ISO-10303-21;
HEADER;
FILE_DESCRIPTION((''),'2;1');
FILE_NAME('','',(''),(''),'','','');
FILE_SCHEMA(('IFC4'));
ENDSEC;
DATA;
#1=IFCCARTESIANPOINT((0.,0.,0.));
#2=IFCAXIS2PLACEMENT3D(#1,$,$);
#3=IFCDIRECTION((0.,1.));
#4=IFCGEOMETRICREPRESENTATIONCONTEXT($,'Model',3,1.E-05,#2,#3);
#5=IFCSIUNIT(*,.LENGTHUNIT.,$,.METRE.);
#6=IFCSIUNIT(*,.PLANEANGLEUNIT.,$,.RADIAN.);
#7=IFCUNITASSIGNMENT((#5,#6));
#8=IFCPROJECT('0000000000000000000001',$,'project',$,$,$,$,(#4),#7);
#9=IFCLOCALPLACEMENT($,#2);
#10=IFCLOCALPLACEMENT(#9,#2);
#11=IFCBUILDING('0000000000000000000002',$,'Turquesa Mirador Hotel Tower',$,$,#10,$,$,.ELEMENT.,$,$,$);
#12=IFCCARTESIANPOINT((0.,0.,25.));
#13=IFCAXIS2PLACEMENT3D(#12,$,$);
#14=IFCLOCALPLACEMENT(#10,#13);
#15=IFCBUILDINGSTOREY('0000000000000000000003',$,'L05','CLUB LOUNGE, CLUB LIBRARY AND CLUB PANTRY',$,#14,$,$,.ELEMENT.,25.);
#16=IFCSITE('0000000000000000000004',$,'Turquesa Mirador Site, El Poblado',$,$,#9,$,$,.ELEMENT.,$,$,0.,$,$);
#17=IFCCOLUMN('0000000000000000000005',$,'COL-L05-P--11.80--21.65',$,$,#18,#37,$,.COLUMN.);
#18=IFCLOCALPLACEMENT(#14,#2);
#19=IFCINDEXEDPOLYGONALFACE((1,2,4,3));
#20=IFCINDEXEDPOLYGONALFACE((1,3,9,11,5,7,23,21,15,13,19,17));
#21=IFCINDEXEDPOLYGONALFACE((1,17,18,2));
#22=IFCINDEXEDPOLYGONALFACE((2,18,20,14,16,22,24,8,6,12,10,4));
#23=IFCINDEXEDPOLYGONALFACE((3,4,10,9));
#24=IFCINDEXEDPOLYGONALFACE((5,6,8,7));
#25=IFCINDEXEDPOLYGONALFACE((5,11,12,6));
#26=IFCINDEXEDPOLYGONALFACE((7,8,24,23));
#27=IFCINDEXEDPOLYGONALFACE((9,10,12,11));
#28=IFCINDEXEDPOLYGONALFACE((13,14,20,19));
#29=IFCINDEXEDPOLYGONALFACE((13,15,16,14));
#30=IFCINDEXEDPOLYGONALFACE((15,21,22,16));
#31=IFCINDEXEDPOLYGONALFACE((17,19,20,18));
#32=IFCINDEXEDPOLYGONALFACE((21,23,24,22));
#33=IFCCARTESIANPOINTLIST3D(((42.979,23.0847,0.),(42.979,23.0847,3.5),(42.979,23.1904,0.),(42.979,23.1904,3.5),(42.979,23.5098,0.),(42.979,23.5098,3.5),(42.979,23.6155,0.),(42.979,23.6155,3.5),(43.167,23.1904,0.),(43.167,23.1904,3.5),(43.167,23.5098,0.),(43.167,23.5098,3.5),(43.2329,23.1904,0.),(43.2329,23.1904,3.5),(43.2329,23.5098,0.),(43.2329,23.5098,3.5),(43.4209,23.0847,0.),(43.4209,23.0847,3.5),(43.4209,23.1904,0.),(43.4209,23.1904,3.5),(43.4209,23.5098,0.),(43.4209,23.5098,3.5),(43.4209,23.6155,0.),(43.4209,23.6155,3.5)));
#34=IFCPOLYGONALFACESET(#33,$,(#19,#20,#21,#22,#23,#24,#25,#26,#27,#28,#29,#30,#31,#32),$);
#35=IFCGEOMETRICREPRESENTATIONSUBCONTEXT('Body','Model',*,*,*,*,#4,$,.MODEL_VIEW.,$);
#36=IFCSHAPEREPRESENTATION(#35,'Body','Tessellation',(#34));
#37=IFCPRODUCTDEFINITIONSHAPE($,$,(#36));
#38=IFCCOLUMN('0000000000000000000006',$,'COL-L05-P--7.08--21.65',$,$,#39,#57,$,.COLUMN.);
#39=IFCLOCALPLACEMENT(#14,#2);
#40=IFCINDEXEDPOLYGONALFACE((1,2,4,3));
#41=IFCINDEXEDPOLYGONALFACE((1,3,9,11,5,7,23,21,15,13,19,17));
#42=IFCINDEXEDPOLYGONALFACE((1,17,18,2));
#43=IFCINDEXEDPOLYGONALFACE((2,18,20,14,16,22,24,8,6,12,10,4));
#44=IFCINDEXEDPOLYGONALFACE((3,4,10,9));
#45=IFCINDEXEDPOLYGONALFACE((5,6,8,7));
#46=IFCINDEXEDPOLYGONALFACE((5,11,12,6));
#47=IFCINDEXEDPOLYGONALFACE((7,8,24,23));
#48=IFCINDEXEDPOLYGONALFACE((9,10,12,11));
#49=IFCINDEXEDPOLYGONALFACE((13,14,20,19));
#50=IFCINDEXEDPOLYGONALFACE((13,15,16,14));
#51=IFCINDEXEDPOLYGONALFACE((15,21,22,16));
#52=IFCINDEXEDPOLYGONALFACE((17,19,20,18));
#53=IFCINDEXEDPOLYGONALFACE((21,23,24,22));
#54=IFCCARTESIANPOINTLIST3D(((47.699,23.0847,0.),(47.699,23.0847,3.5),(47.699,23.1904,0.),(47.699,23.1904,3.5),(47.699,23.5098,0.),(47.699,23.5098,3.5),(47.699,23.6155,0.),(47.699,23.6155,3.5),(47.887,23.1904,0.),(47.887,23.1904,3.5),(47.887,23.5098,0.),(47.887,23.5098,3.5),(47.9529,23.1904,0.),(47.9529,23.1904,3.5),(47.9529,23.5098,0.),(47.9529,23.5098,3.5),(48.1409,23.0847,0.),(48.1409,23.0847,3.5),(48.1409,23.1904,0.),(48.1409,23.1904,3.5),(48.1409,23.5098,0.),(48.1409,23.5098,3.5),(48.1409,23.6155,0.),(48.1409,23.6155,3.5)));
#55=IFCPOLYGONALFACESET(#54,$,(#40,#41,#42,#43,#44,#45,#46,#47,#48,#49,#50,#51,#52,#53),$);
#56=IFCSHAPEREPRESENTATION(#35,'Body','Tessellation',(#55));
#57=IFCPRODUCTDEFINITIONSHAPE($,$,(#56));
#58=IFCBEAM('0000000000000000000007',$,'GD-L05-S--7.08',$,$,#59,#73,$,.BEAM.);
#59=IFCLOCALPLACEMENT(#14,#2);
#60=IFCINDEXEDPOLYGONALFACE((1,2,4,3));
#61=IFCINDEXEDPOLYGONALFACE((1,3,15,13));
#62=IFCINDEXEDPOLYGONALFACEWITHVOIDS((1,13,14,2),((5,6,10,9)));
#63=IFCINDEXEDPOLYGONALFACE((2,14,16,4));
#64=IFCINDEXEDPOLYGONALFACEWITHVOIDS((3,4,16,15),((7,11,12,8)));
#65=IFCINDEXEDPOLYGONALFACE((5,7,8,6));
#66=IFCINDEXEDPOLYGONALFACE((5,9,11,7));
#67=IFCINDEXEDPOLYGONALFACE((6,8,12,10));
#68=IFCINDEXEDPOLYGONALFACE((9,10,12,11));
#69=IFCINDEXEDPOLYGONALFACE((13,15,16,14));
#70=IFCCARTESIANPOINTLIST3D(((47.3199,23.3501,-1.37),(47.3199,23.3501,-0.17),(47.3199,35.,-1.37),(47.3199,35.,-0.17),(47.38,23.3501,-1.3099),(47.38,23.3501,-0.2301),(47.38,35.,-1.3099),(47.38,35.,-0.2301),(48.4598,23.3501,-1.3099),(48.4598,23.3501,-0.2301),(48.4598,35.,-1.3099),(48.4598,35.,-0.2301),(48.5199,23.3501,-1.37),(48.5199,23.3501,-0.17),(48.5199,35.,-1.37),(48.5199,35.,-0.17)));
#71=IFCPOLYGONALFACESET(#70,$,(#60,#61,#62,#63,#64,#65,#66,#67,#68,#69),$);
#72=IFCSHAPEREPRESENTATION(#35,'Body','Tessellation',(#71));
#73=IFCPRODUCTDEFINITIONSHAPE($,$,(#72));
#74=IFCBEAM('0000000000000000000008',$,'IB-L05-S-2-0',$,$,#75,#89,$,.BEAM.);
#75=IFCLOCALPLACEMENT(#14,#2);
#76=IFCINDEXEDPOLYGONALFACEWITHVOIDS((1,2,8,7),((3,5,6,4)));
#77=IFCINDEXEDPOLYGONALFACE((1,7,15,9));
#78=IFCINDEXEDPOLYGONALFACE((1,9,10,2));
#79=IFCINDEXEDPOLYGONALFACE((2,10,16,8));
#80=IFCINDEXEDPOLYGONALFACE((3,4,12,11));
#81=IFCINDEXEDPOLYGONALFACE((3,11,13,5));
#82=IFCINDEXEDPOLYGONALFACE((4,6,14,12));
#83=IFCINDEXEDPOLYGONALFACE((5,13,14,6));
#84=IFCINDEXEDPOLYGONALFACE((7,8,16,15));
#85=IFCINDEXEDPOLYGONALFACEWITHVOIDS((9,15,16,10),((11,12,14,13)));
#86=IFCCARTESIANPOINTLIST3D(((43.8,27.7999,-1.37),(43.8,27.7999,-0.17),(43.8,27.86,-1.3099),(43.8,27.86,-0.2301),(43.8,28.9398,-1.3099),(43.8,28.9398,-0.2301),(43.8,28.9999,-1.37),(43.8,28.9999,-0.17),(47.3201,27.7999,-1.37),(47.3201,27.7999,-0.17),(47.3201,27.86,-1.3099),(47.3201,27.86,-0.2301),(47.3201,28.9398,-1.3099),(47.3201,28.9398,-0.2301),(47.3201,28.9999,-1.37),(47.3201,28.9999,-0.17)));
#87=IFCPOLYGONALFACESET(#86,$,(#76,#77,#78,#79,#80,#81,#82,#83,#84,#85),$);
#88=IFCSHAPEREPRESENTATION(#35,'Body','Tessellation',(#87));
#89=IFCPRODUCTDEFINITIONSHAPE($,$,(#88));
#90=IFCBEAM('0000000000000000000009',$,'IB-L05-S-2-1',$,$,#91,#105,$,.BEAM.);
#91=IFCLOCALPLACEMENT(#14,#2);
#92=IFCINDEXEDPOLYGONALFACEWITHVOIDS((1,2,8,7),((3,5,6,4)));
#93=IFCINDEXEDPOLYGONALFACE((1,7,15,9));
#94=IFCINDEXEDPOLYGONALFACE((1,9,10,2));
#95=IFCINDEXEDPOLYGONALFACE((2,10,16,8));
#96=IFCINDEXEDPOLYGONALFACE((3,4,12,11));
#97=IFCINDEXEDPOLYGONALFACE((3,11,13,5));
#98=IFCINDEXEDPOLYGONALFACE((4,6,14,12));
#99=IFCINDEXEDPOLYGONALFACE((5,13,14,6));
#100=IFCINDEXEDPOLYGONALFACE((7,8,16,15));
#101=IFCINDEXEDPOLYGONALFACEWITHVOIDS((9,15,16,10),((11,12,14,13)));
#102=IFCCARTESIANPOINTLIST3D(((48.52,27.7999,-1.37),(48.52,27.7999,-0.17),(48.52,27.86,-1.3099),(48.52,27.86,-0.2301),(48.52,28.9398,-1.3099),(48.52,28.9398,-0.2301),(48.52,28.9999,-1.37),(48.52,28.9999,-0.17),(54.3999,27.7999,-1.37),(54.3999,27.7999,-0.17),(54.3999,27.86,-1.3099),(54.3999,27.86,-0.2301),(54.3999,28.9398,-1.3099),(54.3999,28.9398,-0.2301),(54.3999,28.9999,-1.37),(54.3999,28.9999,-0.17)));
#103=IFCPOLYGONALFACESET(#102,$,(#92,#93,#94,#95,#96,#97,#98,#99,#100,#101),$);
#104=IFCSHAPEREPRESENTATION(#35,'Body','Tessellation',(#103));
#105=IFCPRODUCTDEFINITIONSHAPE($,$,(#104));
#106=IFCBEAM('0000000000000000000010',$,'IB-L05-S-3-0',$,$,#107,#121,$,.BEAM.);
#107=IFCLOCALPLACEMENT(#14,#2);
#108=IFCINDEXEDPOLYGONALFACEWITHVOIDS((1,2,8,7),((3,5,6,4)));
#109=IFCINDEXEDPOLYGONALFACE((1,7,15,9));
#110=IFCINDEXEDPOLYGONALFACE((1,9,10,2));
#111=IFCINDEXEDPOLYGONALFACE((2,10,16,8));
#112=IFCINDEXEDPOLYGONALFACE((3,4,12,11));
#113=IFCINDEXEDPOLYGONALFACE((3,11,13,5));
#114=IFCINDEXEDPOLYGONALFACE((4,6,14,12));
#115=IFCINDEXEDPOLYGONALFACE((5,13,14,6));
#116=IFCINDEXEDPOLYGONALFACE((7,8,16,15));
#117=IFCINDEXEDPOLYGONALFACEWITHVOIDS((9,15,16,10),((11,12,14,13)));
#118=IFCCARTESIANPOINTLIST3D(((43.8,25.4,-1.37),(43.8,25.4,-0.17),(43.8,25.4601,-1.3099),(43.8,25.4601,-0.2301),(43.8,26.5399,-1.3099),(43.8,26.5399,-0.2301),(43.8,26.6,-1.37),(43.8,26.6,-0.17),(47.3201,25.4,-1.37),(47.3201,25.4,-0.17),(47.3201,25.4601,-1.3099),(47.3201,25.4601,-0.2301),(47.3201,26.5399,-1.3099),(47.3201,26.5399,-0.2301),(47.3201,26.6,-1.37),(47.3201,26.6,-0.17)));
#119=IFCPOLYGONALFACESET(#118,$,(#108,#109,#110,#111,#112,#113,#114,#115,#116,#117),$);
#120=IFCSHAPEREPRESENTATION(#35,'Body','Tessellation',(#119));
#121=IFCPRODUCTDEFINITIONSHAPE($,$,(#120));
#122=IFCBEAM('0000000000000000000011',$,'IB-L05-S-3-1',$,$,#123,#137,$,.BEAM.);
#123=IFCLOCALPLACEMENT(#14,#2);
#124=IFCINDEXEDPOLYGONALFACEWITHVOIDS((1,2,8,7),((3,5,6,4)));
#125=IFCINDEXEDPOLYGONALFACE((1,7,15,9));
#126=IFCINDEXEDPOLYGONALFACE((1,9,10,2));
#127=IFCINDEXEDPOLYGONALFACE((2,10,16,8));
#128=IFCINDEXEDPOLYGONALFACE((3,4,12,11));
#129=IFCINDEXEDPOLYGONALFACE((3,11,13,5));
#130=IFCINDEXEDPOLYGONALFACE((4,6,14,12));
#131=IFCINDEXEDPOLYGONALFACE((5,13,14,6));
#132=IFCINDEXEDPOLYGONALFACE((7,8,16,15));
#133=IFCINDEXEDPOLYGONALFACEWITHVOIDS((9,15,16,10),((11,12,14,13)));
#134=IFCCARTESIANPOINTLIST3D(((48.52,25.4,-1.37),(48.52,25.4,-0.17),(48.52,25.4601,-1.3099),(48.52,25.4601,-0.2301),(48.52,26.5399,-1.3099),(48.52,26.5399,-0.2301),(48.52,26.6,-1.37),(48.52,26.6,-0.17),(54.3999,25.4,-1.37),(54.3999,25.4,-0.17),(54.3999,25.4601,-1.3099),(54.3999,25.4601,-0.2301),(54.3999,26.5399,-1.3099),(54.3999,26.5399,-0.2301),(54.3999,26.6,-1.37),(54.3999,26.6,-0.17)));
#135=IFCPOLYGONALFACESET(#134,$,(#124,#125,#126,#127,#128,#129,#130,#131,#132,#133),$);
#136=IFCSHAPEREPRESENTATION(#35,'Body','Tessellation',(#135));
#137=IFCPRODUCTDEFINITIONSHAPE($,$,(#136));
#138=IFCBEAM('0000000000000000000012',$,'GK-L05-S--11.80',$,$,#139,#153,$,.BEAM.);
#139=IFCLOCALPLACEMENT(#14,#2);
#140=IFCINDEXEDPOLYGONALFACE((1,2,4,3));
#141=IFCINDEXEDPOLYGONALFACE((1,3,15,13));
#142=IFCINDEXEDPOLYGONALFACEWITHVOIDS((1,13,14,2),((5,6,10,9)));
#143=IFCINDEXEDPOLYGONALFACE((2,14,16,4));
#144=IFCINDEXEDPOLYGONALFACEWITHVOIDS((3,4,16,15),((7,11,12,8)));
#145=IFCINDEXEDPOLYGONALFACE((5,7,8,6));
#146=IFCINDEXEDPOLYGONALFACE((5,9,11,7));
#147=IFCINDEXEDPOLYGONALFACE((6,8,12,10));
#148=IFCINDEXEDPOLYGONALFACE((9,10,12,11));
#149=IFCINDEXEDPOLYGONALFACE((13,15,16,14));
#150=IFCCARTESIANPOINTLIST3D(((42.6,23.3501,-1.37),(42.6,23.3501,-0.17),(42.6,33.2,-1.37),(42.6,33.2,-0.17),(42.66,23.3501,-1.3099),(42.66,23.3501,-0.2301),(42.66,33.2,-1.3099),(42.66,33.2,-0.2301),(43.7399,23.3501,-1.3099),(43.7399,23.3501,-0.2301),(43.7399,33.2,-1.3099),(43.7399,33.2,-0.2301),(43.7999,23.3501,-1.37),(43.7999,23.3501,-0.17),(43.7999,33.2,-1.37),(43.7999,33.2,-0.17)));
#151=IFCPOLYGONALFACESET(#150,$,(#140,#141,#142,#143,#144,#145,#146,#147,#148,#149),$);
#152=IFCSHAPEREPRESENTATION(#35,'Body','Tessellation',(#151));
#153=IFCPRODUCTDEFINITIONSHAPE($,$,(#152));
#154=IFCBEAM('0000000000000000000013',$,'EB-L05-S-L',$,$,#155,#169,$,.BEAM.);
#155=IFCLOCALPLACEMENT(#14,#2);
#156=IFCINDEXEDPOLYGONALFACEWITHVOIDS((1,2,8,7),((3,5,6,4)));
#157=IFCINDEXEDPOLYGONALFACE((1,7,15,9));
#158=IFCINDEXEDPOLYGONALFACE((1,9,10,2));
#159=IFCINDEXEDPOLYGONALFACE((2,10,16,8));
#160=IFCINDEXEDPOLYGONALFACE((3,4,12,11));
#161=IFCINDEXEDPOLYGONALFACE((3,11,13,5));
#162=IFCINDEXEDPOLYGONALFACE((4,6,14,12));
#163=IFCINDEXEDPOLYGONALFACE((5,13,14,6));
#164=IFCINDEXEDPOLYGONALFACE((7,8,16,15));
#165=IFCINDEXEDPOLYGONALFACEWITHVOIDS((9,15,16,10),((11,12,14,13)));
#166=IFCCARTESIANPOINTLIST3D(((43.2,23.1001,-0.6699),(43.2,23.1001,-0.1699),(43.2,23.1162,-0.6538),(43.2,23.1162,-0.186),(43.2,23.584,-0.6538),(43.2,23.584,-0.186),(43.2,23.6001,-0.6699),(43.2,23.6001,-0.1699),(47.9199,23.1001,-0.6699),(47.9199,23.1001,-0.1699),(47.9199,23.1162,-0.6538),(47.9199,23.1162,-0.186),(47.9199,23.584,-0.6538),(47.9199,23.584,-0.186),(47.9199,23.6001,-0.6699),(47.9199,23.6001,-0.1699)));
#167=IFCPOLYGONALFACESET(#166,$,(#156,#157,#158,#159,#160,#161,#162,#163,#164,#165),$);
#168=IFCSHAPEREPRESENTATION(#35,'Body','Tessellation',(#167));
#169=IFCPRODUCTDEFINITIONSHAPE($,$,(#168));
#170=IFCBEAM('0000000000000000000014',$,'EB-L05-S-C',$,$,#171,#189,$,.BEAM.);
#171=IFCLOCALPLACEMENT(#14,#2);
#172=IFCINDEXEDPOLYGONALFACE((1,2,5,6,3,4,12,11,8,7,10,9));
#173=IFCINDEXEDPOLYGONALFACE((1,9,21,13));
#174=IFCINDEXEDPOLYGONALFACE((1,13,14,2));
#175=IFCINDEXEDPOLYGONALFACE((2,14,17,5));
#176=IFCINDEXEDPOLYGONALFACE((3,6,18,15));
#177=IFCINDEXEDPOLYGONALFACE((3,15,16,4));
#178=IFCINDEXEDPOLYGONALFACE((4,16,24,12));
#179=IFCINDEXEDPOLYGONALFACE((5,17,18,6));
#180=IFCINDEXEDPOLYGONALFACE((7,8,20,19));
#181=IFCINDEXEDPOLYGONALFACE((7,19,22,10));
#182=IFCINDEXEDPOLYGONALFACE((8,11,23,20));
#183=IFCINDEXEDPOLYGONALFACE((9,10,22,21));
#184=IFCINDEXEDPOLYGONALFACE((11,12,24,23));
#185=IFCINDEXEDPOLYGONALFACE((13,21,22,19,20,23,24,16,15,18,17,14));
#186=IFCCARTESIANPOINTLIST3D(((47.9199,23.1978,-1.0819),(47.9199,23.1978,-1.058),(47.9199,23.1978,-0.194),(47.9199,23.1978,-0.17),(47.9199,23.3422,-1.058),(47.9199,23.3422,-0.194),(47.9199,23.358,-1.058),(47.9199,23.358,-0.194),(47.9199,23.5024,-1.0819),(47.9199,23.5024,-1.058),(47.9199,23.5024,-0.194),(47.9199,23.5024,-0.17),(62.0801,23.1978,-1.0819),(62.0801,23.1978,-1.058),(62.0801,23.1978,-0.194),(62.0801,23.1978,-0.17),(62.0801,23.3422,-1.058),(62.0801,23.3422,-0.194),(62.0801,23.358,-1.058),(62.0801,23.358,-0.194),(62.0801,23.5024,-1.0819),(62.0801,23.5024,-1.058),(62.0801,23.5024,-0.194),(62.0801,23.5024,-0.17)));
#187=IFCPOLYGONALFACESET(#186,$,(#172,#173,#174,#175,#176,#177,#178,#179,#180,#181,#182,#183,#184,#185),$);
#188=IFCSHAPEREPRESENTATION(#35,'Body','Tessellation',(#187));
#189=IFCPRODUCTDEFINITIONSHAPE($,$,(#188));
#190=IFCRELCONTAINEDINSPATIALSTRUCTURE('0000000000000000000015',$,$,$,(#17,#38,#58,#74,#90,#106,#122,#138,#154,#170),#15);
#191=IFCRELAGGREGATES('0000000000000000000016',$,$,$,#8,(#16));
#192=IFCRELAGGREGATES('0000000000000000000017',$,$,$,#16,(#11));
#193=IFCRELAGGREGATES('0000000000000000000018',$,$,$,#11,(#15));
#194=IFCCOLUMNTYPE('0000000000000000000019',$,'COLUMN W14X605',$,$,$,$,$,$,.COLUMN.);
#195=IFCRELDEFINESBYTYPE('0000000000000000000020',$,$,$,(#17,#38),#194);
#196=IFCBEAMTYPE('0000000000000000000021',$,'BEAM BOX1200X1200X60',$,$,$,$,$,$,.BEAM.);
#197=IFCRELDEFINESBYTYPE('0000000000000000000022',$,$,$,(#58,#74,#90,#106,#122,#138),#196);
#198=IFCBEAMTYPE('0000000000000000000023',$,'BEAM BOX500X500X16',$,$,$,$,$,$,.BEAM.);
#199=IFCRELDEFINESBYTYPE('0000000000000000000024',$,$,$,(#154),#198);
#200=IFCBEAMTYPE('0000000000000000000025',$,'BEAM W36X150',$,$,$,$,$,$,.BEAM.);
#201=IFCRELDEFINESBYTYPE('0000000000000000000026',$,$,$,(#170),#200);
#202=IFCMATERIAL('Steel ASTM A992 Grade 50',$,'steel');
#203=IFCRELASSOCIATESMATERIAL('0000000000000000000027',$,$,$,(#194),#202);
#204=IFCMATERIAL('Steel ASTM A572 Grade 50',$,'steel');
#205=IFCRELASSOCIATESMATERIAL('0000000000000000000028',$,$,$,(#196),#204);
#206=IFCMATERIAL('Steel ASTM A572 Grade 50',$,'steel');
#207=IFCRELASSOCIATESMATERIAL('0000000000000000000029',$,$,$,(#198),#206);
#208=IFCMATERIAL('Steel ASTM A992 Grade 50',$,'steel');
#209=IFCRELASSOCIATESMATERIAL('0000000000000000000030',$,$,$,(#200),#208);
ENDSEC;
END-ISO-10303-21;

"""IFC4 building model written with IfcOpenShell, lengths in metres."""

from ifc_helpers import new_model, si_unit, direction, frame, origin, origin_2d, place, context, subcontext, project, spatial, hollow_rectangle, i_section, extrude, material, material_profile, profile_set, type_object, element, save


model = new_model("IFC4")

# Units and contexts
model_context = context("Model", 3, precision=1e-05, world=origin(), true_north=direction((0.0, 1.0)))
body_context = subcontext(model_context, "Body", "Model", "MODEL_VIEW")
ifc_project = project(units=[si_unit("LENGTHUNIT", "METRE"), si_unit("PLANEANGLEUNIT", "RADIAN")], contexts=[model_context])

# Site, building, storey
site_placement = place(None, origin())
site = spatial("IfcSite", under=ifc_project, at=site_placement, Name="Turquesa Mirador Site, El Poblado", CompositionType="ELEMENT", RefElevation=0.0)
building_placement = place(site_placement, origin())
building = spatial("IfcBuilding", under=site, at=building_placement, Name="Turquesa Mirador Hotel Tower", CompositionType="ELEMENT")
storey_placement = place(building_placement, frame((0.0, 0.0, 25.0)))
storey = spatial("IfcBuildingStorey", under=building, at=storey_placement, Name="L05", Description="CLUB LOUNGE, CLUB LIBRARY AND CLUB PANTRY", CompositionType="ELEMENT", Elevation=25.0)

# Columns
ifc_material_1 = material(Name="Steel ASTM A992 Grade 50", Category="steel")
ifc_material_profile_1 = material_profile(ifc_material_1, i_section(OverallWidth=0.4419, OverallDepth=0.5308, WebThickness=0.0659, FlangeThickness=0.1057, at=origin_2d()), Name="W14X605")
ifc_profile_set_1 = profile_set([ifc_material_profile_1], Name="Steel ASTM A992 Grade 50")
column_type = type_object("IfcColumnType", Name="COLUMN W14X605", PredefinedType="COLUMN", material=ifc_profile_set_1)
for number, where, z_axis, x_axis, name in (
    (1, (43.2, 23.3501, 0.0), (0.0, 0.0, 1.0), (1.0, 0.0, 0.0), "COL-L05-P--11.80--21.65"),
    (2, (47.9199, 23.3501, 0.0), (0.0, 0.0, 1.0), (1.0, 0.0, 0.0), "COL-L05-P--7.08--21.65"),
):
    element("IfcColumn", number, at=place(storey_placement, frame(where, z_axis=z_axis, x_axis=x_axis)), inside=storey, type_object=column_type, Name=name, PredefinedType="COLUMN", context=body_context, shape_type="SweptSolid", body=[
        extrude(i_section(OverallWidth=0.4419, OverallDepth=0.5308, WebThickness=0.0659, FlangeThickness=0.1057, at=origin_2d()), origin(), (0.0, 0.0, 1.0), 3.5),
    ])

# Beams
ifc_material_2 = material(Name="Steel ASTM A572 Grade 50", Category="steel")
ifc_material_profile_2 = material_profile(ifc_material_2, hollow_rectangle(XDim=1.2, YDim=1.2, WallThickness=0.0601, at=origin_2d()), Name="BOX1200X1200X60")
ifc_profile_set_2 = profile_set([ifc_material_profile_2], Name="Steel ASTM A572 Grade 50")
beam_type_1 = type_object("IfcBeamType", Name="BEAM BOX1200X1200X60", PredefinedType="BEAM", material=ifc_profile_set_2)
beam_1_placement = place(storey_placement, frame((47.9199, 23.3501, -0.77), z_axis=(0.0, 1.0, 0.0), x_axis=(-1.0, 0.0, 0.0)))
element("IfcBeam", 3, at=beam_1_placement, inside=storey, type_object=beam_type_1, Name="GD-L05-S--7.08", PredefinedType="BEAM", context=body_context, shape_type="SweptSolid", body=[
    extrude(hollow_rectangle(XDim=1.2, YDim=1.2, WallThickness=0.0601, at=origin_2d()), origin(), (0.0, 0.0, 1.0), 11.6499),
])
beam_2_placement = place(storey_placement, frame((43.8, 28.3999, -0.77), z_axis=(1.0, 0.0, 0.0), x_axis=(0.0, 1.0, 0.0)))
element("IfcBeam", 4, at=beam_2_placement, inside=storey, type_object=beam_type_1, Name="IB-L05-S-2-0", PredefinedType="BEAM", context=body_context, shape_type="SweptSolid", body=[
    extrude(hollow_rectangle(XDim=1.2, YDim=1.2, WallThickness=0.0601, at=origin_2d()), origin(), (0.0, 0.0, 1.0), 3.52),
])
beam_3_placement = place(storey_placement, frame((48.52, 28.3999, -0.77), z_axis=(1.0, 0.0, 0.0), x_axis=(0.0, 1.0, 0.0)))
element("IfcBeam", 5, at=beam_3_placement, inside=storey, type_object=beam_type_1, Name="IB-L05-S-2-1", PredefinedType="BEAM", context=body_context, shape_type="SweptSolid", body=[
    extrude(hollow_rectangle(XDim=1.2, YDim=1.2, WallThickness=0.0601, at=origin_2d()), origin(), (0.0, 0.0, 1.0), 5.8799),
])
beam_4_placement = place(storey_placement, frame((43.8, 26.0, -0.77), z_axis=(1.0, 0.0, 0.0), x_axis=(0.0, 1.0, 0.0)))
element("IfcBeam", 6, at=beam_4_placement, inside=storey, type_object=beam_type_1, Name="IB-L05-S-3-0", PredefinedType="BEAM", context=body_context, shape_type="SweptSolid", body=[
    extrude(hollow_rectangle(XDim=1.2, YDim=1.2, WallThickness=0.0601, at=origin_2d()), origin(), (0.0, 0.0, 1.0), 3.52),
])
beam_5_placement = place(storey_placement, frame((48.52, 26.0, -0.77), z_axis=(1.0, 0.0, 0.0), x_axis=(0.0, 1.0, 0.0)))
element("IfcBeam", 7, at=beam_5_placement, inside=storey, type_object=beam_type_1, Name="IB-L05-S-3-1", PredefinedType="BEAM", context=body_context, shape_type="SweptSolid", body=[
    extrude(hollow_rectangle(XDim=1.2, YDim=1.2, WallThickness=0.0601, at=origin_2d()), origin(), (0.0, 0.0, 1.0), 5.8799),
])
beam_6_placement = place(storey_placement, frame((43.2, 23.3501, -0.77), z_axis=(0.0, 1.0, 0.0), x_axis=(-1.0, 0.0, 0.0)))
element("IfcBeam", 8, at=beam_6_placement, inside=storey, type_object=beam_type_1, Name="GK-L05-S--11.80", PredefinedType="BEAM", context=body_context, shape_type="SweptSolid", body=[
    extrude(hollow_rectangle(XDim=1.2, YDim=1.2, WallThickness=0.0601, at=origin_2d()), origin(), (0.0, 0.0, 1.0), 9.8499),
])
ifc_material_3 = material(Name="Steel ASTM A572 Grade 50", Category="steel")
ifc_material_profile_3 = material_profile(ifc_material_3, hollow_rectangle(XDim=0.5, YDim=0.5, WallThickness=0.0161, at=origin_2d()), Name="BOX500X500X16")
ifc_profile_set_3 = profile_set([ifc_material_profile_3], Name="Steel ASTM A572 Grade 50")
beam_type_2 = type_object("IfcBeamType", Name="BEAM BOX500X500X16", PredefinedType="BEAM", material=ifc_profile_set_3)
beam_7_placement = place(storey_placement, frame((43.2, 23.3501, -0.4199), z_axis=(1.0, 0.0, 0.0), x_axis=(0.0, 1.0, 0.0)))
element("IfcBeam", 9, at=beam_7_placement, inside=storey, type_object=beam_type_2, Name="EB-L05-S-L", PredefinedType="BEAM", context=body_context, shape_type="SweptSolid", body=[
    extrude(hollow_rectangle(XDim=0.5, YDim=0.5, WallThickness=0.0161, at=origin_2d()), origin(), (0.0, 0.0, 1.0), 4.72),
])
ifc_material_4 = material(Name="Steel ASTM A992 Grade 50", Category="steel")
ifc_material_profile_4 = material_profile(ifc_material_4, i_section(OverallWidth=0.3047, OverallDepth=0.9119, WebThickness=0.0159, FlangeThickness=0.0239, at=origin_2d()), Name="W36X150")
ifc_profile_set_4 = profile_set([ifc_material_profile_4], Name="Steel ASTM A992 Grade 50")
beam_type_3 = type_object("IfcBeamType", Name="BEAM W36X150", PredefinedType="BEAM", material=ifc_profile_set_4)
beam_8_placement = place(storey_placement, frame((47.9199, 23.3501, -0.626), z_axis=(1.0, 0.0, 0.0), x_axis=(0.0, 1.0, 0.0)))
element("IfcBeam", 10, at=beam_8_placement, inside=storey, type_object=beam_type_3, Name="EB-L05-S-C", PredefinedType="BEAM", context=body_context, shape_type="SweptSolid", body=[
    extrude(i_section(OverallWidth=0.3047, OverallDepth=0.9119, WebThickness=0.0159, FlangeThickness=0.0239, at=origin_2d()), origin(), (0.0, 0.0, 1.0), 14.1602),
])

save(model, "model.ifc")
